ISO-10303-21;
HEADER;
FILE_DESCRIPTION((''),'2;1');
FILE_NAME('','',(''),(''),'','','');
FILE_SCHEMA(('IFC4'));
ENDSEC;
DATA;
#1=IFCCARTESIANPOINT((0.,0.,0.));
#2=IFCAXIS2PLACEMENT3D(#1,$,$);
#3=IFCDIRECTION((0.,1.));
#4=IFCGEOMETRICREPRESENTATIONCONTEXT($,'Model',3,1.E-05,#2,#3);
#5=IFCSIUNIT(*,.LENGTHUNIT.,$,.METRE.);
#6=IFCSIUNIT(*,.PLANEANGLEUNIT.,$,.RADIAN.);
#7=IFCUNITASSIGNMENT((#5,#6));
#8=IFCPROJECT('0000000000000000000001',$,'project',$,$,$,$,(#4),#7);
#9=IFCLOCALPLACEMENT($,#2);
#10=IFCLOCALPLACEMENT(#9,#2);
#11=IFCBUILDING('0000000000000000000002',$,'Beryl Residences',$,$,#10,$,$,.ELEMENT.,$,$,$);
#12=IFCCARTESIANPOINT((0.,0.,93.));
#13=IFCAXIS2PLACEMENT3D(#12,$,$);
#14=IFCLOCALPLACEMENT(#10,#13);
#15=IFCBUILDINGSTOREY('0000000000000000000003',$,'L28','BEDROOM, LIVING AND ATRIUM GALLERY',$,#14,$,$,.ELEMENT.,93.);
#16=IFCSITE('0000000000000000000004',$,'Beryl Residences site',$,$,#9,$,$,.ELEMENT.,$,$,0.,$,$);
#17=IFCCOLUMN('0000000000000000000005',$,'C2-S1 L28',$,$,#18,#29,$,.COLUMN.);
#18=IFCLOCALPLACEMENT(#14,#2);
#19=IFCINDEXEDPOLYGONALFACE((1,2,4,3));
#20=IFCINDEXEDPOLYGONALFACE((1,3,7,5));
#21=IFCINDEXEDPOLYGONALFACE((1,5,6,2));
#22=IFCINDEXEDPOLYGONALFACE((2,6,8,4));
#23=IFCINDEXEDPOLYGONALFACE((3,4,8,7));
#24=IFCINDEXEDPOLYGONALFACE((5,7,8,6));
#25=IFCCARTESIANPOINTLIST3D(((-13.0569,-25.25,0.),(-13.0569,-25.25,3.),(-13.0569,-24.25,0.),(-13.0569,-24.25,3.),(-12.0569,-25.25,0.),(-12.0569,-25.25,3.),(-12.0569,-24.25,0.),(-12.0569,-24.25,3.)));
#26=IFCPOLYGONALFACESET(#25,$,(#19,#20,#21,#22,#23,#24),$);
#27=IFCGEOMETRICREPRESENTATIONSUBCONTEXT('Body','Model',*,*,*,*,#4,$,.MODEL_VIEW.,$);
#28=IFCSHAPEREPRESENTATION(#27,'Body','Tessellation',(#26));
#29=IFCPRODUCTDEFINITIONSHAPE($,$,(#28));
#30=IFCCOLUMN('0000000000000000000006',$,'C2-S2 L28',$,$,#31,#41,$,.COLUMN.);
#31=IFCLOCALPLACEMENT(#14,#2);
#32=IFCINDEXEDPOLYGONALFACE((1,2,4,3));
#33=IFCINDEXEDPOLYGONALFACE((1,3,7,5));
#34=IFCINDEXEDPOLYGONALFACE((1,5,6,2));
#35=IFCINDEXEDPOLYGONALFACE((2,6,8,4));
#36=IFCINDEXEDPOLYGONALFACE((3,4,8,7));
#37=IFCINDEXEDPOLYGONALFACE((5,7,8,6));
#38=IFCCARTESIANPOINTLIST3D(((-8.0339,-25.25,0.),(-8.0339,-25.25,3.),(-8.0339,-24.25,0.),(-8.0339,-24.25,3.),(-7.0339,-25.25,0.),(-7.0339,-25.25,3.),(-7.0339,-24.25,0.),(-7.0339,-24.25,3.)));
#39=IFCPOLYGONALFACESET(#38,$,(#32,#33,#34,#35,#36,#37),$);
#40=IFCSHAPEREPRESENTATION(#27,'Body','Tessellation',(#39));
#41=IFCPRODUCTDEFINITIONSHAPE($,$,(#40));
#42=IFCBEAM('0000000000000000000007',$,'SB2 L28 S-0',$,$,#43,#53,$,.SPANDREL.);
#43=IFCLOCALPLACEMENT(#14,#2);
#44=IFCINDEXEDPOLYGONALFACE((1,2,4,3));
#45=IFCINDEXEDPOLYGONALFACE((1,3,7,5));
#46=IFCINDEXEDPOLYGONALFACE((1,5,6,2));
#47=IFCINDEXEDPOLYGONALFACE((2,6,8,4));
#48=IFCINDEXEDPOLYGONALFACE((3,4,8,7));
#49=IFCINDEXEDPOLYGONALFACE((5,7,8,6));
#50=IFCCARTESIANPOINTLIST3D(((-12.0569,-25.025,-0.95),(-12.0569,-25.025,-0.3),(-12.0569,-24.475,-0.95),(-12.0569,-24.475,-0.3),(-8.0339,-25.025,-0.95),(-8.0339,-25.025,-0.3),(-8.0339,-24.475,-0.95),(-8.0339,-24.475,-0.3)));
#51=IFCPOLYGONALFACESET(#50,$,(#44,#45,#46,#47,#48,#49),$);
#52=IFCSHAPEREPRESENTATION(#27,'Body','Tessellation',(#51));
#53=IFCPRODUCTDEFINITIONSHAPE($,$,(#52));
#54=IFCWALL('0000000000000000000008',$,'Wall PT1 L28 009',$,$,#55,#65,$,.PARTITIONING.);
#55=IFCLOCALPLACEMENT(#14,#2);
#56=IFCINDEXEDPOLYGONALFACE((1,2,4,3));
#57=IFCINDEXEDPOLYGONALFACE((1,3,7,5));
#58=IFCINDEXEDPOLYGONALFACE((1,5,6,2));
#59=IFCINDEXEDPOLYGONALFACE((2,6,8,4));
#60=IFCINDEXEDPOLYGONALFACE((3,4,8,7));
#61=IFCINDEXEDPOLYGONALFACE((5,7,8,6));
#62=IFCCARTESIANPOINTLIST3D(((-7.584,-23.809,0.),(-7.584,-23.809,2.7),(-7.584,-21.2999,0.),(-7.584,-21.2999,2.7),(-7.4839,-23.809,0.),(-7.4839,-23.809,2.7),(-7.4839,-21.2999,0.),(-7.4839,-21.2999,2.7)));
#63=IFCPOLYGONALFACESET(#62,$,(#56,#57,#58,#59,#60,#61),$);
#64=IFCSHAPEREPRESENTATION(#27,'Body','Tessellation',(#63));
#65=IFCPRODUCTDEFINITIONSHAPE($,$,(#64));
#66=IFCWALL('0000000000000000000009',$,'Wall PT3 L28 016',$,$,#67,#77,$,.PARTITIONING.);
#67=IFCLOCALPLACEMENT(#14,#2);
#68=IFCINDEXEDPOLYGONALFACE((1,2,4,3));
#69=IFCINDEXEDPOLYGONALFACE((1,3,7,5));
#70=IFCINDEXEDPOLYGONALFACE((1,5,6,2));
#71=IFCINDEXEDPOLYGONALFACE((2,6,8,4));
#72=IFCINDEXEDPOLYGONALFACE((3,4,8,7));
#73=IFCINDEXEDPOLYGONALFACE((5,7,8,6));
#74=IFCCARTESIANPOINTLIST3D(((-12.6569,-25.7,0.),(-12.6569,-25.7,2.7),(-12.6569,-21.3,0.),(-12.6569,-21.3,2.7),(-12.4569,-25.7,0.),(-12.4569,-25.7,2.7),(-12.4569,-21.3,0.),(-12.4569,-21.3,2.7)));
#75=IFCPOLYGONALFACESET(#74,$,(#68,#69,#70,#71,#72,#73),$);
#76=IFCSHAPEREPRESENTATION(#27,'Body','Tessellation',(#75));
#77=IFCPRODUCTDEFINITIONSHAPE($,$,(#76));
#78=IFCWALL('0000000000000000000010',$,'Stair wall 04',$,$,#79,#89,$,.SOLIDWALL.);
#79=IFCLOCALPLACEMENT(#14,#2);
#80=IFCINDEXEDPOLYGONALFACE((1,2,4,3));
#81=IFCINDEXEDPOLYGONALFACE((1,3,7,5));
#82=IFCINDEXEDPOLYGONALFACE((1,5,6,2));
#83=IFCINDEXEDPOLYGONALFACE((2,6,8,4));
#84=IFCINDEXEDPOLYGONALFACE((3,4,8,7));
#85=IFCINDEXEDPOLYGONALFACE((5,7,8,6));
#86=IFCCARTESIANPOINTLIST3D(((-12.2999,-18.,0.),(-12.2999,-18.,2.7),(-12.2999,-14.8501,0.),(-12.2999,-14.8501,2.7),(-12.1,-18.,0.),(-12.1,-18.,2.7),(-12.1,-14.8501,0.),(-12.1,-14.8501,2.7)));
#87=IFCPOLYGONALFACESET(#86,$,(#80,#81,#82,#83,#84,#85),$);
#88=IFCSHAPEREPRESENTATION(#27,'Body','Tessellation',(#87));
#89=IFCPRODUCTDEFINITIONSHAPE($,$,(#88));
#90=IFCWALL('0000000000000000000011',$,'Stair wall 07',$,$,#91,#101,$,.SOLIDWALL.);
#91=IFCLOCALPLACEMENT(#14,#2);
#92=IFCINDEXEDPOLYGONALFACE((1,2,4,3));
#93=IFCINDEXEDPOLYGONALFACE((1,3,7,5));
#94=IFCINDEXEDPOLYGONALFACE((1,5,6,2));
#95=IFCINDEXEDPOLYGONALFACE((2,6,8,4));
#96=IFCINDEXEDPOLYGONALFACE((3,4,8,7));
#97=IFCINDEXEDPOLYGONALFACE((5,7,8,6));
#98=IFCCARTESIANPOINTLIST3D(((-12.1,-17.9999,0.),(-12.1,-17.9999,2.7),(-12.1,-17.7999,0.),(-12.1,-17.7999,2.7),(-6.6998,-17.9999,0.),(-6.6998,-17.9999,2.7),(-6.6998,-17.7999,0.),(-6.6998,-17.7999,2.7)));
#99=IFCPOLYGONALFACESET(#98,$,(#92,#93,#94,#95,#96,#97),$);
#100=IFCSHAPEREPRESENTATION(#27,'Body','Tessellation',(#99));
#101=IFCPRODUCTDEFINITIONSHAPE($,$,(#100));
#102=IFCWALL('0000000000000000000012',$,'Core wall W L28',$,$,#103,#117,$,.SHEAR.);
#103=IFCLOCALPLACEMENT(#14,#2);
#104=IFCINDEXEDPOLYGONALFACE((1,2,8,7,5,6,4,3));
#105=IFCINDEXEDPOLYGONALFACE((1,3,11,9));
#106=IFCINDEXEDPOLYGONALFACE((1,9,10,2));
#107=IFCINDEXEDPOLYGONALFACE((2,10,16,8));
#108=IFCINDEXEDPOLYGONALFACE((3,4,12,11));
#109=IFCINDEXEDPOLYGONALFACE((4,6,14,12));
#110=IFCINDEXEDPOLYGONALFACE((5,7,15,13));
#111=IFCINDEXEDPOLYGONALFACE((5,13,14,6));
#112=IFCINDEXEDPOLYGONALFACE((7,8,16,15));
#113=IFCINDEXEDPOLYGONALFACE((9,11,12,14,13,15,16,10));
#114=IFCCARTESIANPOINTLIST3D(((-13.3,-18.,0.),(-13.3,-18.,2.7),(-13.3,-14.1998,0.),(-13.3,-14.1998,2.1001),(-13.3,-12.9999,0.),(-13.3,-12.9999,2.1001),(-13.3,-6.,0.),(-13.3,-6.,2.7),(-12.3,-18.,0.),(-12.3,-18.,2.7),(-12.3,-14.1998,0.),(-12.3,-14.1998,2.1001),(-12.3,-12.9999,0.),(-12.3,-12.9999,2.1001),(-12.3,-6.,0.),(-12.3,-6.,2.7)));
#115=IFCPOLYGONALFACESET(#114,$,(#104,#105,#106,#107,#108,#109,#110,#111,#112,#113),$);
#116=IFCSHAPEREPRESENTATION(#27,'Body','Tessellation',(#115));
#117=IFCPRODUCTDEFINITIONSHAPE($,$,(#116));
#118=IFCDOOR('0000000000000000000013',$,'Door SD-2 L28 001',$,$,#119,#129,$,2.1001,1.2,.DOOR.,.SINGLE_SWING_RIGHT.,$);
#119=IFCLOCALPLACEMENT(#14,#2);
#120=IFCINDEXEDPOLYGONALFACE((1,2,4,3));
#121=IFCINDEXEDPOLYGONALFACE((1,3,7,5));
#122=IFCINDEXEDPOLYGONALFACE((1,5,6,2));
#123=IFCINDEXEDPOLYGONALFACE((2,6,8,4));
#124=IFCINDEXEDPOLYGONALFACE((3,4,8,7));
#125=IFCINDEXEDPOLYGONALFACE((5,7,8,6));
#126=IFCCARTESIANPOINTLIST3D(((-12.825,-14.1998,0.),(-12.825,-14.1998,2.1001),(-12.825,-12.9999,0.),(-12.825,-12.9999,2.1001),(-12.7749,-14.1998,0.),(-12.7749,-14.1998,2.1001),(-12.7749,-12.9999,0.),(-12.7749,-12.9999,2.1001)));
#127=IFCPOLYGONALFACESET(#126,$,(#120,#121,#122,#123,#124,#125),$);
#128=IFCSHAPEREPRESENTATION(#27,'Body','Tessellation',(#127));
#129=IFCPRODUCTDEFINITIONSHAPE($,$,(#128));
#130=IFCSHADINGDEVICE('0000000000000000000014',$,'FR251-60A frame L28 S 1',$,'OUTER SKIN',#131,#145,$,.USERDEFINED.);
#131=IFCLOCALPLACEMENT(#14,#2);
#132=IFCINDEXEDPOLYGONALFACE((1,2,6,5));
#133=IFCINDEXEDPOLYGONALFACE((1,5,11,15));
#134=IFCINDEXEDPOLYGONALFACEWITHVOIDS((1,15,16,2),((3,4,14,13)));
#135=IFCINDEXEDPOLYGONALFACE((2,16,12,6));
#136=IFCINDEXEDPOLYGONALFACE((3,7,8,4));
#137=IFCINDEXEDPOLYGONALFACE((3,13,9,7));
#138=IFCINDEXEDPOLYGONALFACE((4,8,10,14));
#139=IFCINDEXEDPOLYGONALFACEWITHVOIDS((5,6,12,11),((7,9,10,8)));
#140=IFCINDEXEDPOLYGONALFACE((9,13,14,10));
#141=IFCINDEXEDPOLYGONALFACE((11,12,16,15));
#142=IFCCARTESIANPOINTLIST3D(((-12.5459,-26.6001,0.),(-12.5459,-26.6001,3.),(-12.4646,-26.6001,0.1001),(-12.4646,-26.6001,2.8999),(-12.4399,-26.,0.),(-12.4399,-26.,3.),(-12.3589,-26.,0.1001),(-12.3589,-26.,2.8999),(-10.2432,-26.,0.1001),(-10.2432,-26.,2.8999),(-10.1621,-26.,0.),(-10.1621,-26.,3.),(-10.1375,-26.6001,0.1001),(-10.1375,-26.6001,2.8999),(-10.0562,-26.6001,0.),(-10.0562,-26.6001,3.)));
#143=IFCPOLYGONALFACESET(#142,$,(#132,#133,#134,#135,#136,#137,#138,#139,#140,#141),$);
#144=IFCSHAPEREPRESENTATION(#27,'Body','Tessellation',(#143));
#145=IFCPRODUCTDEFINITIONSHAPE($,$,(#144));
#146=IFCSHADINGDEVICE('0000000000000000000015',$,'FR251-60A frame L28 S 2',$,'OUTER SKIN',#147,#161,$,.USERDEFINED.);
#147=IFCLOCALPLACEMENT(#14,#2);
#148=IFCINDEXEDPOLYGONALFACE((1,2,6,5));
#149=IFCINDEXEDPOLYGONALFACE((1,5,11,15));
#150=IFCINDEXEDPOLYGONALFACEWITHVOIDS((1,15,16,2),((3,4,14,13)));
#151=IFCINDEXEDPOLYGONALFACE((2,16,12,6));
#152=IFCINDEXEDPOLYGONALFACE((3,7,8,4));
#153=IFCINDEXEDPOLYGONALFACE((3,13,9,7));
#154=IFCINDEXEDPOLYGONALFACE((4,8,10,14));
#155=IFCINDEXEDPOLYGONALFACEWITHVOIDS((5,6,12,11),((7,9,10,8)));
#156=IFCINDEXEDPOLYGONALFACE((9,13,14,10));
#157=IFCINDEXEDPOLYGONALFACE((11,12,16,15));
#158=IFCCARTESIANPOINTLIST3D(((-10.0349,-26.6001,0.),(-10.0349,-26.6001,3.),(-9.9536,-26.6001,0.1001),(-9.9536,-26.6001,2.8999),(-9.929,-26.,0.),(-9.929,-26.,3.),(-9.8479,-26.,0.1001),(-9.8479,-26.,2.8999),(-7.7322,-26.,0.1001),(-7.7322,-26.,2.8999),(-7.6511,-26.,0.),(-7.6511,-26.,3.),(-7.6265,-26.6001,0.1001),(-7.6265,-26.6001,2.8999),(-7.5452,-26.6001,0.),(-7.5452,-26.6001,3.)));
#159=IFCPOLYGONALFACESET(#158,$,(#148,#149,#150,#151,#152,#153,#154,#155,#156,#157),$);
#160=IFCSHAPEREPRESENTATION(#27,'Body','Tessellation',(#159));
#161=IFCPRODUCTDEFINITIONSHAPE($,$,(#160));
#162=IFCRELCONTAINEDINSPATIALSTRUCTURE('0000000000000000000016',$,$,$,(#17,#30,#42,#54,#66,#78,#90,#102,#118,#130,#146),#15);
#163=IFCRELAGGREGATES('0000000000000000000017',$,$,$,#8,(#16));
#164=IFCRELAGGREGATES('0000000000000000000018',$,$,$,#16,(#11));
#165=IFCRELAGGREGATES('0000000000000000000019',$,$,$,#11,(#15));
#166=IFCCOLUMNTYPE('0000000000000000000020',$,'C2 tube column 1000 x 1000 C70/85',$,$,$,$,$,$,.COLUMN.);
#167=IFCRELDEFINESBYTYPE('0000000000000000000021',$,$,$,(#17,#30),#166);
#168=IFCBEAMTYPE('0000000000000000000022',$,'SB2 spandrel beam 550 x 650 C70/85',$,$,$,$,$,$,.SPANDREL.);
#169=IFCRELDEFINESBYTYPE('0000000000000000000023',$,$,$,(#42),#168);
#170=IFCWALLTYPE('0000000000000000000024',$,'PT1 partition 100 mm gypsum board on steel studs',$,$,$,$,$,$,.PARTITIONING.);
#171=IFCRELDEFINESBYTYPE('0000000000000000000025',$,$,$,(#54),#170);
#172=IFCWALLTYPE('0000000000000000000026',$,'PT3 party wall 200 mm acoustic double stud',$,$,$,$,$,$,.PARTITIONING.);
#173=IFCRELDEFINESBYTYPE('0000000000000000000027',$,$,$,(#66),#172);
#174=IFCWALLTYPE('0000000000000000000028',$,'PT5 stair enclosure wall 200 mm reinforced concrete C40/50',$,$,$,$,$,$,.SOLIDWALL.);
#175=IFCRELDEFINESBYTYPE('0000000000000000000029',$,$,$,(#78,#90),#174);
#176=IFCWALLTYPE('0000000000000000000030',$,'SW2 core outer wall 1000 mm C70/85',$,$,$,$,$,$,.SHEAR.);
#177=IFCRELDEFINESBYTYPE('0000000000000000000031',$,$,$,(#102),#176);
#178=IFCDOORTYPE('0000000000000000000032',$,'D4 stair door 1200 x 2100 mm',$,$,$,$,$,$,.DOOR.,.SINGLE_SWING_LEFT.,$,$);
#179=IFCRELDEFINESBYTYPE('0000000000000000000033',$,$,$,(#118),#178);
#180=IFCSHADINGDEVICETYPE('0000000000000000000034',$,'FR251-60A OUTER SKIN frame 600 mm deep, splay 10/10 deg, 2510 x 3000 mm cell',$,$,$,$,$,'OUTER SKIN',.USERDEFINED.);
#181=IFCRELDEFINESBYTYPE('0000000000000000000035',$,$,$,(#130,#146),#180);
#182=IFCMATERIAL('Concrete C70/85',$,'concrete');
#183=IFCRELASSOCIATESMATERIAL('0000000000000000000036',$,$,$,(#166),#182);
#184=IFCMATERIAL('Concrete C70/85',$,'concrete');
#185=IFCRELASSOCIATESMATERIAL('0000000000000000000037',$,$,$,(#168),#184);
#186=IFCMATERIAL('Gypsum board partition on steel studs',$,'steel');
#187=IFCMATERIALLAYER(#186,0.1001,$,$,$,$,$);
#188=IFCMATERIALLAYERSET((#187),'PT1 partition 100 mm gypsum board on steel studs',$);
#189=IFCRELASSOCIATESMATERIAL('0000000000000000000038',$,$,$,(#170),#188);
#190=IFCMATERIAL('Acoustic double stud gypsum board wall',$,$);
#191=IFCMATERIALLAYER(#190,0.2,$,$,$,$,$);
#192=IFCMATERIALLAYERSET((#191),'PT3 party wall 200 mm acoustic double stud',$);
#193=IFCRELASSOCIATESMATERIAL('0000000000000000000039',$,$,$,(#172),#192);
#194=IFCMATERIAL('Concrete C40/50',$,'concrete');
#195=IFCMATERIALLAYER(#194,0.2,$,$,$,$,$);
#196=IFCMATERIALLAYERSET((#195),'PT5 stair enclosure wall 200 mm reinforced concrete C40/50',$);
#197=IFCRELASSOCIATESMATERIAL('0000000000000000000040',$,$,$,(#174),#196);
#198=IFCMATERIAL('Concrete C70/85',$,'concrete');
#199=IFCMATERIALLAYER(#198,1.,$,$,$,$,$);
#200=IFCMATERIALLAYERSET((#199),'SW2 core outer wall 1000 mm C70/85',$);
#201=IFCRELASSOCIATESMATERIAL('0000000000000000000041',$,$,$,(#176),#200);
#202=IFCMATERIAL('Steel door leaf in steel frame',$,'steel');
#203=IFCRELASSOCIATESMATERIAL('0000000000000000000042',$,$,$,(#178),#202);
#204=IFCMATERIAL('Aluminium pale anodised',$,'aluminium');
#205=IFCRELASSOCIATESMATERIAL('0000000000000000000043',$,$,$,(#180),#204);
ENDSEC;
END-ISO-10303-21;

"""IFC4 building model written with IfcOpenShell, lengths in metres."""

from ifc_helpers import new_model, entity, si_unit, direction, frame, frame_2d, origin, origin_2d, place, context, subcontext, project, spatial, rectangle, extrude, source, transform, mapped, material, layer, layer_set, material_profile, profile_set, type_object, type_shapes, element, fill, save


model = new_model("IFC4")

# Units and contexts
model_context = context("Model", 3, precision=1e-05, world=origin(), true_north=direction((0.0, 1.0)))
body_context = subcontext(model_context, "Body", "Model", "MODEL_VIEW")
ifc_project = project(units=[si_unit("LENGTHUNIT", "METRE"), si_unit("PLANEANGLEUNIT", "RADIAN")], contexts=[model_context])

# Site, building, storey
site_placement = place(None, origin())
site = spatial("IfcSite", under=ifc_project, at=site_placement, Name="Beryl Residences site", CompositionType="ELEMENT", RefElevation=0.0)
building_placement = place(site_placement, origin())
building = spatial("IfcBuilding", under=site, at=building_placement, Name="Beryl Residences", CompositionType="ELEMENT")
storey_placement = place(building_placement, frame((0.0, 0.0, 93.0)))
storey = spatial("IfcBuildingStorey", under=building, at=storey_placement, Name="L28", Description="BEDROOM, LIVING AND ATRIUM GALLERY", CompositionType="ELEMENT", Elevation=93.0)

# Columns
ifc_material_1 = material(Name="Concrete C70/85", Category="concrete")
ifc_material_profile_1 = material_profile(ifc_material_1, rectangle(XDim=1.0, YDim=1.0, at=origin_2d()))
ifc_profile_set_1 = profile_set([ifc_material_profile_1], Name="Concrete C70/85")
column_type = type_object("IfcColumnType", Name="C2 tube column 1000 x 1000 C70/85", PredefinedType="COLUMN", material=ifc_profile_set_1)
for number, where, z_axis, x_axis, name in (
    (1, (-12.5569, -24.75, 0.0), (0.0, 0.0, 1.0), (1.0, 0.0, 0.0), "C2-S1 L28"),
    (2, (-7.5339, -24.75, 0.0), (0.0, 0.0, 1.0), (1.0, 0.0, 0.0), "C2-S2 L28"),
):
    element("IfcColumn", number, at=place(storey_placement, frame(where, z_axis=z_axis, x_axis=x_axis)), inside=storey, type_object=column_type, Name=name, PredefinedType="COLUMN", context=body_context, shape_type="SweptSolid", body=[
        extrude(rectangle(XDim=1.0, YDim=1.0, at=origin_2d()), origin(), (0.0, 0.0, 1.0), 3.0),
    ])

# Beam
ifc_material_2 = material(Name="Concrete C70/85", Category="concrete")
ifc_material_profile_2 = material_profile(ifc_material_2, rectangle(XDim=0.55, YDim=0.6499, at=origin_2d()))
ifc_profile_set_2 = profile_set([ifc_material_profile_2], Name="Concrete C70/85")
beam_type = type_object("IfcBeamType", Name="SB2 spandrel beam 550 x 650 C70/85", PredefinedType="SPANDREL", material=ifc_profile_set_2)
beam_placement = place(storey_placement, frame((-12.0569, -24.75, -0.625), z_axis=(1.0, 0.0, 0.0), x_axis=(0.0, 1.0, 0.0)))
element("IfcBeam", 3, at=beam_placement, inside=storey, type_object=beam_type, Name="SB2 L28 S-0", PredefinedType="SPANDREL", context=body_context, shape_type="SweptSolid", body=[
    extrude(rectangle(XDim=0.55, YDim=0.6499, at=origin_2d()), origin(), (0.0, 0.0, 1.0), 4.0229),
])

# Walls
ifc_material_3 = material(Name="Gypsum board partition on steel studs", Category="steel")
ifc_layer_1 = layer(ifc_material_3, 0.1001)
ifc_layer_set_1 = layer_set([ifc_layer_1], Name="PT1 partition 100 mm gypsum board on steel studs")
wall_type_1 = type_object("IfcWallType", Name="PT1 partition 100 mm gypsum board on steel studs", PredefinedType="PARTITIONING", material=ifc_layer_set_1)
wall_1_placement = place(storey_placement, frame((-7.5339, -21.3, 0.0), z_axis=(0.0, 0.0, 1.0), x_axis=(0.0, -1.0, 0.0)))
element("IfcWall", 4, at=wall_1_placement, inside=storey, type_object=wall_type_1, Name="Wall PT1 L28 009", PredefinedType="PARTITIONING", context=body_context, shape_type="SweptSolid", body=[
    extrude(rectangle(XDim=2.509, YDim=0.1001, at=frame_2d((1.2544, 0.0))), origin(), (0.0, 0.0, 1.0), 2.7),
])
ifc_material_4 = material(Name="Acoustic double stud gypsum board wall")
ifc_layer_2 = layer(ifc_material_4, 0.2)
ifc_layer_set_2 = layer_set([ifc_layer_2], Name="PT3 party wall 200 mm acoustic double stud")
wall_type_2 = type_object("IfcWallType", Name="PT3 party wall 200 mm acoustic double stud", PredefinedType="PARTITIONING", material=ifc_layer_set_2)
wall_2_placement = place(storey_placement, frame((-12.5569, -25.7, 0.0), z_axis=(0.0, 0.0, 1.0), x_axis=(0.0, 1.0, 0.0)))
element("IfcWall", 5, at=wall_2_placement, inside=storey, type_object=wall_type_2, Name="Wall PT3 L28 016", PredefinedType="PARTITIONING", context=body_context, shape_type="SweptSolid", body=[
    extrude(rectangle(XDim=4.3999, YDim=0.2, at=frame_2d((2.2, 0.0))), origin(), (0.0, 0.0, 1.0), 2.7),
])
ifc_material_5 = material(Name="Concrete C40/50", Category="concrete")
ifc_layer_3 = layer(ifc_material_5, 0.2)
ifc_layer_set_3 = layer_set([ifc_layer_3], Name="PT5 stair enclosure wall 200 mm reinforced concrete C40/50")
wall_type_3 = type_object("IfcWallType", Name="PT5 stair enclosure wall 200 mm reinforced concrete C40/50", PredefinedType="SOLIDWALL", material=ifc_layer_set_3)
wall_3_placement = place(storey_placement, frame((-12.2, -18.0, 0.0), z_axis=(0.0, 0.0, 1.0), x_axis=(0.0, 1.0, 0.0)))
element("IfcWall", 6, at=wall_3_placement, inside=storey, type_object=wall_type_3, Name="Stair wall 04", PredefinedType="SOLIDWALL", context=body_context, shape_type="SweptSolid", body=[
    extrude(rectangle(XDim=3.1499, YDim=0.2, at=frame_2d((1.575, 0.0))), origin(), (0.0, 0.0, 1.0), 2.7),
])
wall_4_placement = place(storey_placement, frame((-12.1001, -17.8999, 0.0), z_axis=(0.0, 0.0, 1.0), x_axis=(1.0, 0.0, 0.0)))
element("IfcWall", 7, at=wall_4_placement, inside=storey, type_object=wall_type_3, Name="Stair wall 07", PredefinedType="SOLIDWALL", context=body_context, shape_type="SweptSolid", body=[
    extrude(rectangle(XDim=5.4001, YDim=0.2, at=frame_2d((2.7002, 0.0))), origin(), (0.0, 0.0, 1.0), 2.7),
])

# Wall, opening, door
ifc_material_6 = material(Name="Concrete C70/85", Category="concrete")
ifc_layer_4 = layer(ifc_material_6, 1.0)
ifc_layer_set_4 = layer_set([ifc_layer_4], Name="SW2 core outer wall 1000 mm C70/85")
wall_type_4 = type_object("IfcWallType", Name="SW2 core outer wall 1000 mm C70/85", PredefinedType="SHEAR", material=ifc_layer_set_4)
wall_5_placement = place(storey_placement, frame((-12.8, -18.0, 0.0), z_axis=(0.0, 0.0, 1.0), x_axis=(0.0, 1.0, 0.0)))
wall_5 = element("IfcWall", 8, at=wall_5_placement, inside=storey, type_object=wall_type_4, Name="Core wall W L28", PredefinedType="SHEAR", context=body_context, shape_type="SweptSolid", body=[
    extrude(rectangle(XDim=12.0, YDim=1.0, at=frame_2d((6.0, 0.0))), origin(), (0.0, 0.0, 1.0), 2.7),
])
opening_1_placement = place(wall_5_placement, frame((3.8, 0.0, 0.0)))
opening_1 = element("IfcOpeningElement", 9, at=opening_1_placement, cuts=wall_5, PredefinedType="OPENING", context=body_context, shape_type="SweptSolid", body=[
    extrude(rectangle(XDim=1.2, YDim=2.1001, at=frame_2d((0.6001, 1.05))), frame((0.0, 0.51, 0.0), z_axis=(0.0, -1.0, 0.0), x_axis=(1.0, 0.0, 0.0)), (0.0, 0.0, 1.0), 1.02),
])
ifc_material_7 = material(Name="Steel door leaf in steel frame", Category="steel")
door_type = type_object("IfcDoorType", Name="D4 stair door 1200 x 2100 mm", OperationType="SINGLE_SWING_LEFT", PredefinedType="DOOR", material=ifc_material_7)
door_placement = place(opening_1_placement, origin())
door = element("IfcDoor", 10, at=door_placement, inside=storey, type_object=door_type, Name="Door SD-2 L28 001", OperationType="SINGLE_SWING_RIGHT", OverallHeight=2.1001, OverallWidth=1.2, PredefinedType="DOOR", context=body_context, shape_type="SweptSolid", body=[
    extrude(rectangle(XDim=1.2, YDim=2.1001, at=frame_2d((0.6001, 1.05))), frame((0.0, 0.0249, 0.0), z_axis=(0.0, -1.0, 0.0), x_axis=(1.0, 0.0, 0.0)), (0.0, 0.0, 1.0), 0.05),
])
fill(opening_1, door)

# Shading devices
ifc_material_8 = material(Name="Aluminium pale anodised", Category="aluminium")
shading_device_type = type_object("IfcShadingDeviceType", Name="FR251-60A OUTER SKIN frame 600 mm deep, splay 10/10 deg, 2510 x 3000 mm cell", ElementType="OUTER SKIN", PredefinedType="USERDEFINED", material=ifc_material_8)
cartesian_point_1 = entity("IfcCartesianPoint", [-1.1389, 0.0])
cartesian_point_2 = entity("IfcCartesianPoint", [-1.0579, 0.1001])
cartesian_point_3 = entity("IfcCartesianPoint", [-1.2449, 0.0])
cartesian_point_4 = entity("IfcCartesianPoint", [-1.1636, 0.1001])
shared_shape_1 = source(origin(), body_context, "Body", "SweptSolid", [
    entity("IfcExtrudedAreaSolidTapered", entity("IfcArbitraryProfileDefWithVoids", "AREA", None, entity("IfcPolyline", [cartesian_point_1, entity("IfcCartesianPoint", [1.1389, 0.0]), entity("IfcCartesianPoint", [1.1389, 3.0]), entity("IfcCartesianPoint", [-1.1389, 3.0]), cartesian_point_1]), [entity("IfcPolyline", [cartesian_point_2, entity("IfcCartesianPoint", [1.0579, 0.1001]), entity("IfcCartesianPoint", [1.0579, 2.8999]), entity("IfcCartesianPoint", [-1.0579, 2.8999]), cartesian_point_2])]), entity("IfcAxis2Placement3D", entity("IfcCartesianPoint", [0.0, 0.0, 0.0]), entity("IfcDirection", [0.0, 1.0, 0.0]), entity("IfcDirection", [-1.0, 0.0, 0.0])), entity("IfcDirection", [0.0, 0.0, 1.0]), 0.6001, entity("IfcArbitraryProfileDefWithVoids", "AREA", None, entity("IfcPolyline", [cartesian_point_3, entity("IfcCartesianPoint", [1.2449, 0.0]), entity("IfcCartesianPoint", [1.2449, 3.0]), entity("IfcCartesianPoint", [-1.2449, 3.0]), cartesian_point_3]), [entity("IfcPolyline", [cartesian_point_4, entity("IfcCartesianPoint", [1.1636, 0.1001]), entity("IfcCartesianPoint", [1.1636, 2.8999]), entity("IfcCartesianPoint", [-1.1636, 2.8999]), cartesian_point_4])])),
])
type_shapes(shading_device_type, [shared_shape_1])
for number, where, z_axis, x_axis, name in (
    (11, (-11.301, -26.0, 0.0), (0.0, 0.0, 1.0), (-1.0, 0.0, 0.0), "FR251-60A frame L28 S 1"),
    (12, (-8.79, -26.0, 0.0), (0.0, 0.0, 1.0), (-1.0, 0.0, 0.0), "FR251-60A frame L28 S 2"),
):
    element("IfcShadingDevice", number, at=place(storey_placement, frame(where, z_axis=z_axis, x_axis=x_axis)), inside=storey, type_object=shading_device_type, Name=name, ObjectType="OUTER SKIN", PredefinedType="USERDEFINED", context=body_context, shape_type="MappedRepresentation", body=[
        mapped(shared_shape_1, transform((0.0, 0.0, 0.0))),
    ])

save(model, "model.ifc")
